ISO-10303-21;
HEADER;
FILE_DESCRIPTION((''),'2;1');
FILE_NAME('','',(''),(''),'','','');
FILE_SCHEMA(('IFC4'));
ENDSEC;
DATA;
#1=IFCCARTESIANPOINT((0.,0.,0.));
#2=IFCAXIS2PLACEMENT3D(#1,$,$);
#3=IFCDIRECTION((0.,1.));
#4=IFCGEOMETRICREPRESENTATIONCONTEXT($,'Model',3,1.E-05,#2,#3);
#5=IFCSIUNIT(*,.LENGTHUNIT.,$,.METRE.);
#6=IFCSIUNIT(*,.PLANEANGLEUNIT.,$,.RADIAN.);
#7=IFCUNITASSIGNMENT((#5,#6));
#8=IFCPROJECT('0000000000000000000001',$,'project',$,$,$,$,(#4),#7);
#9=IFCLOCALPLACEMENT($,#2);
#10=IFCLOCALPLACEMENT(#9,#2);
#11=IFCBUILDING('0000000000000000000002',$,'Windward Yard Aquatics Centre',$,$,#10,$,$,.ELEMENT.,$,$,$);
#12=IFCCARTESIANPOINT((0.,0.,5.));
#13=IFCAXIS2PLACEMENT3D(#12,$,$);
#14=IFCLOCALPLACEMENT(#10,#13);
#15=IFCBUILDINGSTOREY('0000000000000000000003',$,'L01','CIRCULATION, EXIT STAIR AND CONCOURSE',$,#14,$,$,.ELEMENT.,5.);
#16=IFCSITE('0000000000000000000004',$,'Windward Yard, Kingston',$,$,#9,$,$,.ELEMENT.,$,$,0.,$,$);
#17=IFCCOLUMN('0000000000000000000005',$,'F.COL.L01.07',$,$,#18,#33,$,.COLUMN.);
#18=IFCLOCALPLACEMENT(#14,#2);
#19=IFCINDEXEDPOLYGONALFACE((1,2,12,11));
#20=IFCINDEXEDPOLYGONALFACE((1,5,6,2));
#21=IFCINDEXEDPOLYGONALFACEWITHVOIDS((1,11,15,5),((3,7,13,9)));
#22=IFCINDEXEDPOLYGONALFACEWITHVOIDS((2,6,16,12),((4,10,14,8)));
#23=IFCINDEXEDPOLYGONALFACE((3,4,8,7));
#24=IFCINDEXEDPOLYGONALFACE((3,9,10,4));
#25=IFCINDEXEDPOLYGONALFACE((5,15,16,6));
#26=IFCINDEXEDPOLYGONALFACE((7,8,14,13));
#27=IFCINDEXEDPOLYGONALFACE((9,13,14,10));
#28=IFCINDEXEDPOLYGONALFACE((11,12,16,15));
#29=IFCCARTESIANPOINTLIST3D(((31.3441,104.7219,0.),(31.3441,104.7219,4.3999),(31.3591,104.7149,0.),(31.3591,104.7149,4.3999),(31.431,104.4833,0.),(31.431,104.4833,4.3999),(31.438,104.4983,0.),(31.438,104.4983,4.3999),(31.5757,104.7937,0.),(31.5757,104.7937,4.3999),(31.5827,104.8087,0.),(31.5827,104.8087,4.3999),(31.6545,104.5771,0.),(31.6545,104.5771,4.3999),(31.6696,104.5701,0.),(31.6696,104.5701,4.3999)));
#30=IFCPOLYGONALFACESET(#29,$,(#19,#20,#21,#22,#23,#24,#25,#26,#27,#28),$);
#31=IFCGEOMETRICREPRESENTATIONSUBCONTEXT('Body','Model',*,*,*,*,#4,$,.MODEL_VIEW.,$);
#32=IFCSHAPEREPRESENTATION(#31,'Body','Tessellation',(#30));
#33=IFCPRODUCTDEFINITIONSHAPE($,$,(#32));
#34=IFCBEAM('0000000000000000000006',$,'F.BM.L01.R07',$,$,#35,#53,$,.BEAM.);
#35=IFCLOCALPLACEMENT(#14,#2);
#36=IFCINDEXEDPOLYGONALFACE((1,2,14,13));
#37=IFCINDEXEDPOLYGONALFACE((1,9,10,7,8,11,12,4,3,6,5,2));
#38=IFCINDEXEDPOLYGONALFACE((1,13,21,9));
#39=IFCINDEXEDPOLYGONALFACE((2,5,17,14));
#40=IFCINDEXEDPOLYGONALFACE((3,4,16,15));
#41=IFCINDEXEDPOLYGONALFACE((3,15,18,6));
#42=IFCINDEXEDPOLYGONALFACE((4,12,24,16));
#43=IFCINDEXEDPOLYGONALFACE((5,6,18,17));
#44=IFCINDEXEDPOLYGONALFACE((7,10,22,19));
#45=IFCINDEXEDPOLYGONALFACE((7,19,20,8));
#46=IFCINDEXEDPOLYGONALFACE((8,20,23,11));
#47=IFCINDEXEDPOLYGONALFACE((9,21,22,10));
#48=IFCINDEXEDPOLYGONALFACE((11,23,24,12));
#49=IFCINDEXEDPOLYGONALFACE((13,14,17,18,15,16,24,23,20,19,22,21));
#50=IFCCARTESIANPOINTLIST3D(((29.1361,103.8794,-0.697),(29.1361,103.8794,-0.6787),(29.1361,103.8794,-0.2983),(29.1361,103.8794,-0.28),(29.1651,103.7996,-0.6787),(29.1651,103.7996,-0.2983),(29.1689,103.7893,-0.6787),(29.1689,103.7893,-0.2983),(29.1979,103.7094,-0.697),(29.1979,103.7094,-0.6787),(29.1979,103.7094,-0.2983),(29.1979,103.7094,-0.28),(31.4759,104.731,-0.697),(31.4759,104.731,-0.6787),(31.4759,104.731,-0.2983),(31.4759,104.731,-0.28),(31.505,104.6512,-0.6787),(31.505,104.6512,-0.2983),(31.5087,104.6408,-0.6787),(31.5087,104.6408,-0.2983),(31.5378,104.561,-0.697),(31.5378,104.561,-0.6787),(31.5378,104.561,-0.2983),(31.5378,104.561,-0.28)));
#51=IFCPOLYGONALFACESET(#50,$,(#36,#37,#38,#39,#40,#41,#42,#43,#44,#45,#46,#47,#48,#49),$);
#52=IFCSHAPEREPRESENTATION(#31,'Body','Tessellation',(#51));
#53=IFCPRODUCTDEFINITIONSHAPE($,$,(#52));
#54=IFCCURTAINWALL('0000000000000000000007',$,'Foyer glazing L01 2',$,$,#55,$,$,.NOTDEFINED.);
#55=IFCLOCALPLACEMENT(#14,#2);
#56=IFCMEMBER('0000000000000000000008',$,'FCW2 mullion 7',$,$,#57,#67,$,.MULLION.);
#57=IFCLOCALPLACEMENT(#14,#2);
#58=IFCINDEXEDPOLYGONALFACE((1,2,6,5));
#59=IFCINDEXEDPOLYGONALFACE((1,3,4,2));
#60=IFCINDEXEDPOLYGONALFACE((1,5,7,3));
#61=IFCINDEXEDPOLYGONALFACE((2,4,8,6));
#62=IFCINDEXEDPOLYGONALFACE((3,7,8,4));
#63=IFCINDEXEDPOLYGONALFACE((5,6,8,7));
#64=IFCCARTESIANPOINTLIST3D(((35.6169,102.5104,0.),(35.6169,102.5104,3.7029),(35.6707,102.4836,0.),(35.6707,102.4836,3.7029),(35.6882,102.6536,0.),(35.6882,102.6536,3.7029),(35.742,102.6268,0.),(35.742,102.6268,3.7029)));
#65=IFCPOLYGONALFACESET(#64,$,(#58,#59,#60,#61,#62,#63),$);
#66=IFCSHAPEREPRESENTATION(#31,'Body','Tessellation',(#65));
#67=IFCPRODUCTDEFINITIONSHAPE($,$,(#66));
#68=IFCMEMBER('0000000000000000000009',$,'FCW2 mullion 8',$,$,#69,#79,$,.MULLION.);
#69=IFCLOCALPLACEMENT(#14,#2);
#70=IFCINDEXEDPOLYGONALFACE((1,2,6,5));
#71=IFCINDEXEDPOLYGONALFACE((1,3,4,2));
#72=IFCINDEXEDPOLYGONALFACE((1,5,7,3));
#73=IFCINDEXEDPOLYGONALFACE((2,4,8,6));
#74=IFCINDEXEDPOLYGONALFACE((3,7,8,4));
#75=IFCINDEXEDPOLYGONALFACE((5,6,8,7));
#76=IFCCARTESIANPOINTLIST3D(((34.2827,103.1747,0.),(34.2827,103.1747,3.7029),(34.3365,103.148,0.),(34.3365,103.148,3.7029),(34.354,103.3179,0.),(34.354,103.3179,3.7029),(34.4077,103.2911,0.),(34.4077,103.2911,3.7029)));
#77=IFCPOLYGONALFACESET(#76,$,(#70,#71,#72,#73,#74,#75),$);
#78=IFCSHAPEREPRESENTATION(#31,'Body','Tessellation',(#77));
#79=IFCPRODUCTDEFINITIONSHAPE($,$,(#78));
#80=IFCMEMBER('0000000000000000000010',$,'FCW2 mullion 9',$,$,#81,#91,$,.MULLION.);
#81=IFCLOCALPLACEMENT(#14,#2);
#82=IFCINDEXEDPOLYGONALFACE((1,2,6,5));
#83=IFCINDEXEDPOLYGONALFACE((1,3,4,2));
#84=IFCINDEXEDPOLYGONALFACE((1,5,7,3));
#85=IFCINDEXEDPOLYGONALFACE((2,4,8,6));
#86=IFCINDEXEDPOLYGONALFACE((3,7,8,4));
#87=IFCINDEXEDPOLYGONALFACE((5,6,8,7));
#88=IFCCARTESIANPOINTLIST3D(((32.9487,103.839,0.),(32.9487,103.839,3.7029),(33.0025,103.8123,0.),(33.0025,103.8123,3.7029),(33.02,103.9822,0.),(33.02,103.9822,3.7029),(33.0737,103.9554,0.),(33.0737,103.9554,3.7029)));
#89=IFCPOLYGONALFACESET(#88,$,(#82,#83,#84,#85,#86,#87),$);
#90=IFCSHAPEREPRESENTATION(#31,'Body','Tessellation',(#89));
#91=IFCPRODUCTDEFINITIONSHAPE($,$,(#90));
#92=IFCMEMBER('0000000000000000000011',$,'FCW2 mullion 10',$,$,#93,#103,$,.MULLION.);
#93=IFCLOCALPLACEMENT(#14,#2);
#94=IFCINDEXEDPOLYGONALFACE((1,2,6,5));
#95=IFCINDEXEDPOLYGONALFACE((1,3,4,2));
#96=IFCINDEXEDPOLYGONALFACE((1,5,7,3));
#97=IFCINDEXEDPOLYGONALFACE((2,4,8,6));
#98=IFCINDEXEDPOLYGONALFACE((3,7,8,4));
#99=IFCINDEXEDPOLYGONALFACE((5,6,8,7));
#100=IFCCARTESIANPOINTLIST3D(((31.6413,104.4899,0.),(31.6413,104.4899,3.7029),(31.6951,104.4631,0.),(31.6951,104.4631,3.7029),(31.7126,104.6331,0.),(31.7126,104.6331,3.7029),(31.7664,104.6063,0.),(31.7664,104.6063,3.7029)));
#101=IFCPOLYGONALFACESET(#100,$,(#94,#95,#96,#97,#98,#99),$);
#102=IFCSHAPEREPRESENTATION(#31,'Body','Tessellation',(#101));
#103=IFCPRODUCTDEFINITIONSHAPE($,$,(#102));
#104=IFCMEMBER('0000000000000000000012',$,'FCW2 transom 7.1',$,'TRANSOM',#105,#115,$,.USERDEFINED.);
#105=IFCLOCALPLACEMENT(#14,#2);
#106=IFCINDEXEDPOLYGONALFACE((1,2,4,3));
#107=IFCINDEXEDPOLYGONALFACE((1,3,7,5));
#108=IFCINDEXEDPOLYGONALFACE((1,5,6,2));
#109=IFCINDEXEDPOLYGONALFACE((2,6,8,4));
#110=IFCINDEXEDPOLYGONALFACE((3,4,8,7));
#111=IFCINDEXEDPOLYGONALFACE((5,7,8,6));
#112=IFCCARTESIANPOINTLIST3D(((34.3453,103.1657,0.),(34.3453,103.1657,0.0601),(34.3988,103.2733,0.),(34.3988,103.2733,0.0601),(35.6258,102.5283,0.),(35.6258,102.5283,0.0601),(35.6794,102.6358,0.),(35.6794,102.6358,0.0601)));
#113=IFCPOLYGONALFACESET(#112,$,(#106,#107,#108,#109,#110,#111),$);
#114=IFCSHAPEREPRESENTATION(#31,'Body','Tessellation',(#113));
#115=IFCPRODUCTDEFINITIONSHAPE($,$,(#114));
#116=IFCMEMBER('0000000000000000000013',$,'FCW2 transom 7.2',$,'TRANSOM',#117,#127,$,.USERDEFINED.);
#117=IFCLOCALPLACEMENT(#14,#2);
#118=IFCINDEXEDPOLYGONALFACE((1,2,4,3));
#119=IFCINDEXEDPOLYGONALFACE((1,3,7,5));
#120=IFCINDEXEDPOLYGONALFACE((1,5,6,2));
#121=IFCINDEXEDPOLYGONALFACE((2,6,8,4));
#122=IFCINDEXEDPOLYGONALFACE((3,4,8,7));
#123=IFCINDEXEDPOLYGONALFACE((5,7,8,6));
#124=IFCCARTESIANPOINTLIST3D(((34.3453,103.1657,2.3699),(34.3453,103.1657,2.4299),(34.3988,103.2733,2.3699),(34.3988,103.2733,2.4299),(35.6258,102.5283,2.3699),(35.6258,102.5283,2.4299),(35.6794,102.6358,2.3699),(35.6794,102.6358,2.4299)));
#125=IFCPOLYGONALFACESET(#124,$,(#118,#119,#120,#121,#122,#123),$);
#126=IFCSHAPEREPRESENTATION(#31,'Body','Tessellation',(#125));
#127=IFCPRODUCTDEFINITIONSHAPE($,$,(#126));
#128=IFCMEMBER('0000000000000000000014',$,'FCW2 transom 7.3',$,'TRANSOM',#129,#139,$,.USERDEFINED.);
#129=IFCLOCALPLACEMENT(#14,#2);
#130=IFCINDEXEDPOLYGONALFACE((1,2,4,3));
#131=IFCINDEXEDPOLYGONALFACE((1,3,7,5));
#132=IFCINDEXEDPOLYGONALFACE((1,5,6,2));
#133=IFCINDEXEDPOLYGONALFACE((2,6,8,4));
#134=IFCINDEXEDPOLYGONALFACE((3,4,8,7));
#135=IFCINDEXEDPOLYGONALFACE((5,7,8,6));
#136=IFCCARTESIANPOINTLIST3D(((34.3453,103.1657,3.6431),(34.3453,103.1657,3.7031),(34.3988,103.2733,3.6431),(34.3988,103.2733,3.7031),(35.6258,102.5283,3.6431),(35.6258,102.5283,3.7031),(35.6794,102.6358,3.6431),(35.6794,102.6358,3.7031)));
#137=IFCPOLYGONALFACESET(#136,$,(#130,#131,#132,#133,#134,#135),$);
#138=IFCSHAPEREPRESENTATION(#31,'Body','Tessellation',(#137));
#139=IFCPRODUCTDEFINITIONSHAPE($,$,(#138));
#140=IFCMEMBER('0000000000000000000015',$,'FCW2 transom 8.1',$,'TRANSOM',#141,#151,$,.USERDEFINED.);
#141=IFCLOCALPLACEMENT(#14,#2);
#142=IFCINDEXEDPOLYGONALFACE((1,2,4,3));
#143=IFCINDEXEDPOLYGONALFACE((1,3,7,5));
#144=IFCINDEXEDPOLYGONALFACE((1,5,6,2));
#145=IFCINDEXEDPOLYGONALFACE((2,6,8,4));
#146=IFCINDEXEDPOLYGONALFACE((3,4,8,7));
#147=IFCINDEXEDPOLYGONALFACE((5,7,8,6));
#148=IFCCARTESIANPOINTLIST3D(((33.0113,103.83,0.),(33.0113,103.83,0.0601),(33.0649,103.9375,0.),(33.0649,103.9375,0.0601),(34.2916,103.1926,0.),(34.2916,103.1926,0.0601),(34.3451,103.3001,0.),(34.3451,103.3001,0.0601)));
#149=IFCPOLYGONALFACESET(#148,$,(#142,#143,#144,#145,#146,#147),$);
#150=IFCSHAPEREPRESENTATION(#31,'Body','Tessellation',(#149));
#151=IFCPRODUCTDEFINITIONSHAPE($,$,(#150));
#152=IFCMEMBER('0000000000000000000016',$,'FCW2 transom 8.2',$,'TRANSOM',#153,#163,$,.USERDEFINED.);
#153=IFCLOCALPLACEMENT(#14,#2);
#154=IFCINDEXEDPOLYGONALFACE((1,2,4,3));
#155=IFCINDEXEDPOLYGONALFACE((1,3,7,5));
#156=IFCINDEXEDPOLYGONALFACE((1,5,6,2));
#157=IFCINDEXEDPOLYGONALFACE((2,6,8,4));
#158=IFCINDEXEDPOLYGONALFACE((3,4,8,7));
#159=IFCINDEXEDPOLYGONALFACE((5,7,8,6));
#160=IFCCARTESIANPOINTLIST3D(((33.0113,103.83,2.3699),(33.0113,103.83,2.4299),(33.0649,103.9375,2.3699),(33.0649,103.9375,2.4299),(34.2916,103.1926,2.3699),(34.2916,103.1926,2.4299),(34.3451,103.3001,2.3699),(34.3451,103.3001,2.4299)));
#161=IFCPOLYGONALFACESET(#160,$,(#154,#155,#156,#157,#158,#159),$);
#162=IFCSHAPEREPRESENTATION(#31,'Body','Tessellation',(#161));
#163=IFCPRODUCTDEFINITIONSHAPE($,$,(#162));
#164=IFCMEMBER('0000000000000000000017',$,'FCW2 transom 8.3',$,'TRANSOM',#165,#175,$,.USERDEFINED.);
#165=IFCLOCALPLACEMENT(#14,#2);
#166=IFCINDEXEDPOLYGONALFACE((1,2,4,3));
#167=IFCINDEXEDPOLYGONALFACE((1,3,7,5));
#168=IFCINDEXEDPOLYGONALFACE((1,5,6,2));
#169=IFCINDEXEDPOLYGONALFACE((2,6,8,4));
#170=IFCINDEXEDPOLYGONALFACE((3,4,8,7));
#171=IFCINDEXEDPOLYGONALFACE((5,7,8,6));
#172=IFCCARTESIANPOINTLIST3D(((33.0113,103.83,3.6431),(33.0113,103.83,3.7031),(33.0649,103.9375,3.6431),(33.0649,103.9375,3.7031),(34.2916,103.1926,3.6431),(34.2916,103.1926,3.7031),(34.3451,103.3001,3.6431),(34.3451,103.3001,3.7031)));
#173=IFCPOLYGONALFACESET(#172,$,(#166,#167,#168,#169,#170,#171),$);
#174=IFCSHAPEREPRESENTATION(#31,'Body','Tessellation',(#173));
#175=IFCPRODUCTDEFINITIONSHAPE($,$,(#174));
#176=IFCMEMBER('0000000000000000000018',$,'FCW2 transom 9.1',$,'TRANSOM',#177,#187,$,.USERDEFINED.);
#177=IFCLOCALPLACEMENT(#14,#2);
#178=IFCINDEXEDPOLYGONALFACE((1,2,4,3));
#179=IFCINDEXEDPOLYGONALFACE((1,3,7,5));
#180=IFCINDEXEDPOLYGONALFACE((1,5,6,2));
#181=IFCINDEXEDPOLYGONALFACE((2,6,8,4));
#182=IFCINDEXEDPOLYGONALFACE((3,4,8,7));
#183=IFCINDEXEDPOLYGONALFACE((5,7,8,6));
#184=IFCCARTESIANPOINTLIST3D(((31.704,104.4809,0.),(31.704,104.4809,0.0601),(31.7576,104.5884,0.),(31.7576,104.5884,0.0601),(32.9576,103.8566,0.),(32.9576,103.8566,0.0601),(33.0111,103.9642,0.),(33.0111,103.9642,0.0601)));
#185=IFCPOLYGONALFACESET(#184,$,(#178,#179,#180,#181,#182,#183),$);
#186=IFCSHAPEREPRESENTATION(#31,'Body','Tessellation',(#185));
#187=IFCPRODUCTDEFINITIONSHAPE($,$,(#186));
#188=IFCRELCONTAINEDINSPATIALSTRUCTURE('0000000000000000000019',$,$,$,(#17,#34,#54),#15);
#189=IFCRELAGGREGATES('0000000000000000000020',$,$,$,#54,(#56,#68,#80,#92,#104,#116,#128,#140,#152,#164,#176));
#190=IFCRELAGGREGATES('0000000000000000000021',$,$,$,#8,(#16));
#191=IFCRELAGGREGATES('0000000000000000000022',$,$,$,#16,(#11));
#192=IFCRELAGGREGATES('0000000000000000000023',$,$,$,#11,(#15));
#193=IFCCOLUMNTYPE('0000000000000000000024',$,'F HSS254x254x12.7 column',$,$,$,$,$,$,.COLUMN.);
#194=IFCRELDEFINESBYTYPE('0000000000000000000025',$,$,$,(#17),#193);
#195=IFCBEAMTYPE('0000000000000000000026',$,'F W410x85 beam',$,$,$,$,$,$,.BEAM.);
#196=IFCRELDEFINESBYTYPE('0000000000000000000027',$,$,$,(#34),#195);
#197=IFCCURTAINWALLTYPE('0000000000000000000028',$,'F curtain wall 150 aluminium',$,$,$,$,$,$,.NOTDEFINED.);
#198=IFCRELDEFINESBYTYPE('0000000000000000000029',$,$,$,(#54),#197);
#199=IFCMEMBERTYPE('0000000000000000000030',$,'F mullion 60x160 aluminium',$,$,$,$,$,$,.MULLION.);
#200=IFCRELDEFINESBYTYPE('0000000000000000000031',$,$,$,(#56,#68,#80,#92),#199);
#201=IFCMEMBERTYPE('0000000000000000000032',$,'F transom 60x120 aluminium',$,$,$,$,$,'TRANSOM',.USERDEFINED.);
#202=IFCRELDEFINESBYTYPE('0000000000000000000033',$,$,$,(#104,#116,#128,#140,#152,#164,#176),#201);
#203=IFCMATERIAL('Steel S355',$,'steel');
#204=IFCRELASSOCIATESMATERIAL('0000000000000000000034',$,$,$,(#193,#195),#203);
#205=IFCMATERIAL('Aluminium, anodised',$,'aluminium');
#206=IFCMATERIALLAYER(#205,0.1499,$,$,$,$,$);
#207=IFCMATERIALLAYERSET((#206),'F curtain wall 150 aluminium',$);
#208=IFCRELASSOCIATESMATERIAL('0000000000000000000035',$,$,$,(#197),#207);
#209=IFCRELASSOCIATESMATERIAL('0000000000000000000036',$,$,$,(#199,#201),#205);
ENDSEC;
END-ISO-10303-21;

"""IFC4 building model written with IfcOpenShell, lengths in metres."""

from ifc_helpers import new_model, si_unit, direction, frame, origin, origin_2d, place, context, subcontext, project, spatial, rectangle, hollow_rectangle, i_section, extrude, material, layer, layer_set, material_profile, profile_set, type_object, element, aggregate, save


model = new_model("IFC4")

# Units and contexts
model_context = context("Model", 3, precision=1e-05, world=origin(), true_north=direction((0.0, 1.0)))
body_context = subcontext(model_context, "Body", "Model", "MODEL_VIEW")
ifc_project = project(units=[si_unit("LENGTHUNIT", "METRE"), si_unit("PLANEANGLEUNIT", "RADIAN")], contexts=[model_context])

# Site, building, storey
site_placement = place(None, origin())
site = spatial("IfcSite", under=ifc_project, at=site_placement, Name="Windward Yard, Kingston", CompositionType="ELEMENT", RefElevation=0.0)
building_placement = place(site_placement, origin())
building = spatial("IfcBuilding", under=site, at=building_placement, Name="Windward Yard Aquatics Centre", CompositionType="ELEMENT")
storey_placement = place(building_placement, frame((0.0, 0.0, 5.0)))
storey = spatial("IfcBuildingStorey", under=building, at=storey_placement, Name="L01", Description="CIRCULATION, EXIT STAIR AND CONCOURSE", CompositionType="ELEMENT", Elevation=5.0)

# Column
ifc_material_1 = material(Name="Steel S355", Category="steel")
ifc_material_profile_1 = material_profile(ifc_material_1, hollow_rectangle(XDim=0.2539, YDim=0.2539, WallThickness=0.0117, at=origin_2d()), Name="HSS254x254x12.7")
ifc_profile_set_1 = profile_set([ifc_material_profile_1], Name="Steel S355")
column_type = type_object("IfcColumnType", Name="F HSS254x254x12.7 column", PredefinedType="COLUMN", material=ifc_profile_set_1)
column_placement = place(storey_placement, frame((31.5068, 104.646, 0.0), z_axis=(0.0, 0.0, 1.0), x_axis=(0.939693, 0.34202, 0.0)))
element("IfcColumn", 1, at=column_placement, inside=storey, type_object=column_type, Name="F.COL.L01.07", PredefinedType="COLUMN", context=body_context, shape_type="SweptSolid", body=[
    extrude(hollow_rectangle(XDim=0.2539, YDim=0.2539, WallThickness=0.0117, at=origin_2d()), origin(), (0.0, 0.0, 1.0), 4.3999),
])

# Beam
ifc_material_profile_2 = material_profile(ifc_material_1, i_section(OverallWidth=0.1809, OverallDepth=0.417, WebThickness=0.011, FlangeThickness=0.0183, at=origin_2d()), Name="W410x85")
ifc_profile_set_2 = profile_set([ifc_material_profile_2], Name="Steel S355")
beam_type = type_object("IfcBeamType", Name="F W410x85 beam", PredefinedType="BEAM", material=ifc_profile_set_2)
beam_placement = place(storey_placement, frame((31.5068, 104.646, -0.4885), z_axis=(-0.939702, -0.341995, 0.0), x_axis=(0.341995, -0.939702, 0.0)))
element("IfcBeam", 2, at=beam_placement, inside=storey, type_object=beam_type, Name="F.BM.L01.R07", PredefinedType="BEAM", context=body_context, shape_type="SweptSolid", body=[
    extrude(i_section(OverallWidth=0.1809, OverallDepth=0.417, WebThickness=0.011, FlangeThickness=0.0183, at=origin_2d()), origin(), (0.0, 0.0, 1.0), 2.49),
])

# Curtain wall, members
ifc_material_2 = material(Name="Aluminium, anodised", Category="aluminium")
ifc_layer_1 = layer(ifc_material_2, 0.1499)
ifc_layer_set_1 = layer_set([ifc_layer_1], Name="F curtain wall 150 aluminium")
curtain_wall_type = type_object("IfcCurtainWallType", Name="F curtain wall 150 aluminium", PredefinedType="NOTDEFINED", material=ifc_layer_set_1)
curtain_wall_placement = place(storey_placement, origin())
curtain_wall = element("IfcCurtainWall", 3, at=curtain_wall_placement, inside=storey, type_object=curtain_wall_type, Name="Foyer glazing L01 2", PredefinedType="NOTDEFINED")
ifc_material_profile_3 = material_profile(ifc_material_2, rectangle(XDim=0.1599, YDim=0.0601, at=origin_2d()), Name="MULLION 60x160")
ifc_profile_set_3 = profile_set([ifc_material_profile_3], Name="Aluminium, anodised")
member_type_1 = type_object("IfcMemberType", Name="F mullion 60x160 aluminium", PredefinedType="MULLION", material=ifc_profile_set_3)
member_1_placement = place(storey_placement, frame((35.6794, 102.5686, 0.0), z_axis=(0.0, 0.0, 1.0), x_axis=(-0.445707, -0.895179, 0.0)))
member_1 = element("IfcMember", 4, at=member_1_placement, type_object=member_type_1, Name="FCW2 mullion 7", PredefinedType="MULLION", context=body_context, shape_type="SweptSolid", body=[
    extrude(rectangle(XDim=0.1599, YDim=0.0601, at=origin_2d()), origin(), (0.0, 0.0, 1.0), 3.7029),
])
member_2_placement = place(storey_placement, frame((34.3452, 103.2329, 0.0), z_axis=(0.0, 0.0, 1.0), x_axis=(-0.445707, -0.895179, 0.0)))
member_2 = element("IfcMember", 5, at=member_2_placement, type_object=member_type_1, Name="FCW2 mullion 8", PredefinedType="MULLION", context=body_context, shape_type="SweptSolid", body=[
    extrude(rectangle(XDim=0.1599, YDim=0.0601, at=origin_2d()), origin(), (0.0, 0.0, 1.0), 3.7029),
])
member_3_placement = place(storey_placement, frame((33.0112, 103.8972, 0.0), z_axis=(0.0, 0.0, 1.0), x_axis=(-0.445707, -0.895179, 0.0)))
member_3 = element("IfcMember", 6, at=member_3_placement, type_object=member_type_1, Name="FCW2 mullion 9", PredefinedType="MULLION", context=body_context, shape_type="SweptSolid", body=[
    extrude(rectangle(XDim=0.1599, YDim=0.0601, at=origin_2d()), origin(), (0.0, 0.0, 1.0), 3.7029),
])
member_4_placement = place(storey_placement, frame((31.7039, 104.5481, 0.0), z_axis=(0.0, 0.0, 1.0), x_axis=(-0.445707, -0.895179, 0.0)))
member_4 = element("IfcMember", 7, at=member_4_placement, type_object=member_type_1, Name="FCW2 mullion 10", PredefinedType="MULLION", context=body_context, shape_type="SweptSolid", body=[
    extrude(rectangle(XDim=0.1599, YDim=0.0601, at=origin_2d()), origin(), (0.0, 0.0, 1.0), 3.7029),
])
ifc_material_profile_4 = material_profile(ifc_material_2, rectangle(XDim=0.1201, YDim=0.0601, at=origin_2d()), Name="TRANSOM 60x120")
ifc_profile_set_4 = profile_set([ifc_material_profile_4], Name="Aluminium, anodised")
member_type_2 = type_object("IfcMemberType", Name="F transom 60x120 aluminium", ElementType="TRANSOM", PredefinedType="USERDEFINED", material=ifc_profile_set_4)
member_5_placement = place(storey_placement, frame((35.6526, 102.582, 0.03), z_axis=(-0.895211, 0.445643, 0.0), x_axis=(-0.445643, -0.895211, 0.0)))
member_5 = element("IfcMember", 8, at=member_5_placement, type_object=member_type_2, Name="FCW2 transom 7.1", ObjectType="TRANSOM", PredefinedType="USERDEFINED", context=body_context, shape_type="SweptSolid", body=[
    extrude(rectangle(XDim=0.1201, YDim=0.0601, at=origin_2d()), origin(), (0.0, 0.0, 1.0), 1.4304),
])
member_6_placement = place(storey_placement, frame((35.6526, 102.582, 2.3999), z_axis=(-0.895211, 0.445643, 0.0), x_axis=(-0.445643, -0.895211, 0.0)))
member_6 = element("IfcMember", 9, at=member_6_placement, type_object=member_type_2, Name="FCW2 transom 7.2", ObjectType="TRANSOM", PredefinedType="USERDEFINED", context=body_context, shape_type="SweptSolid", body=[
    extrude(rectangle(XDim=0.1201, YDim=0.0601, at=origin_2d()), origin(), (0.0, 0.0, 1.0), 1.4304),
])
member_7_placement = place(storey_placement, frame((35.6526, 102.582, 3.6731), z_axis=(-0.895211, 0.445643, 0.0), x_axis=(-0.445643, -0.895211, 0.0)))
member_7 = element("IfcMember", 10, at=member_7_placement, type_object=member_type_2, Name="FCW2 transom 7.3", ObjectType="TRANSOM", PredefinedType="USERDEFINED", context=body_context, shape_type="SweptSolid", body=[
    extrude(rectangle(XDim=0.1201, YDim=0.0601, at=origin_2d()), origin(), (0.0, 0.0, 1.0), 1.4304),
])
member_8_placement = place(storey_placement, frame((34.3184, 103.2463, 0.03), z_axis=(-0.895177, 0.445711, 0.0), x_axis=(-0.445711, -0.895177, 0.0)))
member_8 = element("IfcMember", 11, at=member_8_placement, type_object=member_type_2, Name="FCW2 transom 8.1", ObjectType="TRANSOM", PredefinedType="USERDEFINED", context=body_context, shape_type="SweptSolid", body=[
    extrude(rectangle(XDim=0.1201, YDim=0.0601, at=origin_2d()), origin(), (0.0, 0.0, 1.0), 1.4302),
])
member_9_placement = place(storey_placement, frame((34.3184, 103.2463, 2.3999), z_axis=(-0.895177, 0.445711, 0.0), x_axis=(-0.445711, -0.895177, 0.0)))
member_9 = element("IfcMember", 12, at=member_9_placement, type_object=member_type_2, Name="FCW2 transom 8.2", ObjectType="TRANSOM", PredefinedType="USERDEFINED", context=body_context, shape_type="SweptSolid", body=[
    extrude(rectangle(XDim=0.1201, YDim=0.0601, at=origin_2d()), origin(), (0.0, 0.0, 1.0), 1.4302),
])
member_10_placement = place(storey_placement, frame((34.3184, 103.2463, 3.6731), z_axis=(-0.895177, 0.445711, 0.0), x_axis=(-0.445711, -0.895177, 0.0)))
member_10 = element("IfcMember", 13, at=member_10_placement, type_object=member_type_2, Name="FCW2 transom 8.3", ObjectType="TRANSOM", PredefinedType="USERDEFINED", context=body_context, shape_type="SweptSolid", body=[
    extrude(rectangle(XDim=0.1201, YDim=0.0601, at=origin_2d()), origin(), (0.0, 0.0, 1.0), 1.4302),
])
member_11_placement = place(storey_placement, frame((32.9844, 103.9104, 0.03), z_axis=(-0.895158, 0.445749, 0.0), x_axis=(-0.445749, -0.895158, 0.0)))
member_11 = element("IfcMember", 14, at=member_11_placement, type_object=member_type_2, Name="FCW2 transom 9.1", ObjectType="TRANSOM", PredefinedType="USERDEFINED", context=body_context, shape_type="SweptSolid", body=[
    extrude(rectangle(XDim=0.1201, YDim=0.0601, at=origin_2d()), origin(), (0.0, 0.0, 1.0), 1.4004),
])
aggregate(curtain_wall, [member_1, member_2, member_3, member_4, member_5, member_6, member_7, member_8, member_9, member_10, member_11])

save(model, "model.ifc")
